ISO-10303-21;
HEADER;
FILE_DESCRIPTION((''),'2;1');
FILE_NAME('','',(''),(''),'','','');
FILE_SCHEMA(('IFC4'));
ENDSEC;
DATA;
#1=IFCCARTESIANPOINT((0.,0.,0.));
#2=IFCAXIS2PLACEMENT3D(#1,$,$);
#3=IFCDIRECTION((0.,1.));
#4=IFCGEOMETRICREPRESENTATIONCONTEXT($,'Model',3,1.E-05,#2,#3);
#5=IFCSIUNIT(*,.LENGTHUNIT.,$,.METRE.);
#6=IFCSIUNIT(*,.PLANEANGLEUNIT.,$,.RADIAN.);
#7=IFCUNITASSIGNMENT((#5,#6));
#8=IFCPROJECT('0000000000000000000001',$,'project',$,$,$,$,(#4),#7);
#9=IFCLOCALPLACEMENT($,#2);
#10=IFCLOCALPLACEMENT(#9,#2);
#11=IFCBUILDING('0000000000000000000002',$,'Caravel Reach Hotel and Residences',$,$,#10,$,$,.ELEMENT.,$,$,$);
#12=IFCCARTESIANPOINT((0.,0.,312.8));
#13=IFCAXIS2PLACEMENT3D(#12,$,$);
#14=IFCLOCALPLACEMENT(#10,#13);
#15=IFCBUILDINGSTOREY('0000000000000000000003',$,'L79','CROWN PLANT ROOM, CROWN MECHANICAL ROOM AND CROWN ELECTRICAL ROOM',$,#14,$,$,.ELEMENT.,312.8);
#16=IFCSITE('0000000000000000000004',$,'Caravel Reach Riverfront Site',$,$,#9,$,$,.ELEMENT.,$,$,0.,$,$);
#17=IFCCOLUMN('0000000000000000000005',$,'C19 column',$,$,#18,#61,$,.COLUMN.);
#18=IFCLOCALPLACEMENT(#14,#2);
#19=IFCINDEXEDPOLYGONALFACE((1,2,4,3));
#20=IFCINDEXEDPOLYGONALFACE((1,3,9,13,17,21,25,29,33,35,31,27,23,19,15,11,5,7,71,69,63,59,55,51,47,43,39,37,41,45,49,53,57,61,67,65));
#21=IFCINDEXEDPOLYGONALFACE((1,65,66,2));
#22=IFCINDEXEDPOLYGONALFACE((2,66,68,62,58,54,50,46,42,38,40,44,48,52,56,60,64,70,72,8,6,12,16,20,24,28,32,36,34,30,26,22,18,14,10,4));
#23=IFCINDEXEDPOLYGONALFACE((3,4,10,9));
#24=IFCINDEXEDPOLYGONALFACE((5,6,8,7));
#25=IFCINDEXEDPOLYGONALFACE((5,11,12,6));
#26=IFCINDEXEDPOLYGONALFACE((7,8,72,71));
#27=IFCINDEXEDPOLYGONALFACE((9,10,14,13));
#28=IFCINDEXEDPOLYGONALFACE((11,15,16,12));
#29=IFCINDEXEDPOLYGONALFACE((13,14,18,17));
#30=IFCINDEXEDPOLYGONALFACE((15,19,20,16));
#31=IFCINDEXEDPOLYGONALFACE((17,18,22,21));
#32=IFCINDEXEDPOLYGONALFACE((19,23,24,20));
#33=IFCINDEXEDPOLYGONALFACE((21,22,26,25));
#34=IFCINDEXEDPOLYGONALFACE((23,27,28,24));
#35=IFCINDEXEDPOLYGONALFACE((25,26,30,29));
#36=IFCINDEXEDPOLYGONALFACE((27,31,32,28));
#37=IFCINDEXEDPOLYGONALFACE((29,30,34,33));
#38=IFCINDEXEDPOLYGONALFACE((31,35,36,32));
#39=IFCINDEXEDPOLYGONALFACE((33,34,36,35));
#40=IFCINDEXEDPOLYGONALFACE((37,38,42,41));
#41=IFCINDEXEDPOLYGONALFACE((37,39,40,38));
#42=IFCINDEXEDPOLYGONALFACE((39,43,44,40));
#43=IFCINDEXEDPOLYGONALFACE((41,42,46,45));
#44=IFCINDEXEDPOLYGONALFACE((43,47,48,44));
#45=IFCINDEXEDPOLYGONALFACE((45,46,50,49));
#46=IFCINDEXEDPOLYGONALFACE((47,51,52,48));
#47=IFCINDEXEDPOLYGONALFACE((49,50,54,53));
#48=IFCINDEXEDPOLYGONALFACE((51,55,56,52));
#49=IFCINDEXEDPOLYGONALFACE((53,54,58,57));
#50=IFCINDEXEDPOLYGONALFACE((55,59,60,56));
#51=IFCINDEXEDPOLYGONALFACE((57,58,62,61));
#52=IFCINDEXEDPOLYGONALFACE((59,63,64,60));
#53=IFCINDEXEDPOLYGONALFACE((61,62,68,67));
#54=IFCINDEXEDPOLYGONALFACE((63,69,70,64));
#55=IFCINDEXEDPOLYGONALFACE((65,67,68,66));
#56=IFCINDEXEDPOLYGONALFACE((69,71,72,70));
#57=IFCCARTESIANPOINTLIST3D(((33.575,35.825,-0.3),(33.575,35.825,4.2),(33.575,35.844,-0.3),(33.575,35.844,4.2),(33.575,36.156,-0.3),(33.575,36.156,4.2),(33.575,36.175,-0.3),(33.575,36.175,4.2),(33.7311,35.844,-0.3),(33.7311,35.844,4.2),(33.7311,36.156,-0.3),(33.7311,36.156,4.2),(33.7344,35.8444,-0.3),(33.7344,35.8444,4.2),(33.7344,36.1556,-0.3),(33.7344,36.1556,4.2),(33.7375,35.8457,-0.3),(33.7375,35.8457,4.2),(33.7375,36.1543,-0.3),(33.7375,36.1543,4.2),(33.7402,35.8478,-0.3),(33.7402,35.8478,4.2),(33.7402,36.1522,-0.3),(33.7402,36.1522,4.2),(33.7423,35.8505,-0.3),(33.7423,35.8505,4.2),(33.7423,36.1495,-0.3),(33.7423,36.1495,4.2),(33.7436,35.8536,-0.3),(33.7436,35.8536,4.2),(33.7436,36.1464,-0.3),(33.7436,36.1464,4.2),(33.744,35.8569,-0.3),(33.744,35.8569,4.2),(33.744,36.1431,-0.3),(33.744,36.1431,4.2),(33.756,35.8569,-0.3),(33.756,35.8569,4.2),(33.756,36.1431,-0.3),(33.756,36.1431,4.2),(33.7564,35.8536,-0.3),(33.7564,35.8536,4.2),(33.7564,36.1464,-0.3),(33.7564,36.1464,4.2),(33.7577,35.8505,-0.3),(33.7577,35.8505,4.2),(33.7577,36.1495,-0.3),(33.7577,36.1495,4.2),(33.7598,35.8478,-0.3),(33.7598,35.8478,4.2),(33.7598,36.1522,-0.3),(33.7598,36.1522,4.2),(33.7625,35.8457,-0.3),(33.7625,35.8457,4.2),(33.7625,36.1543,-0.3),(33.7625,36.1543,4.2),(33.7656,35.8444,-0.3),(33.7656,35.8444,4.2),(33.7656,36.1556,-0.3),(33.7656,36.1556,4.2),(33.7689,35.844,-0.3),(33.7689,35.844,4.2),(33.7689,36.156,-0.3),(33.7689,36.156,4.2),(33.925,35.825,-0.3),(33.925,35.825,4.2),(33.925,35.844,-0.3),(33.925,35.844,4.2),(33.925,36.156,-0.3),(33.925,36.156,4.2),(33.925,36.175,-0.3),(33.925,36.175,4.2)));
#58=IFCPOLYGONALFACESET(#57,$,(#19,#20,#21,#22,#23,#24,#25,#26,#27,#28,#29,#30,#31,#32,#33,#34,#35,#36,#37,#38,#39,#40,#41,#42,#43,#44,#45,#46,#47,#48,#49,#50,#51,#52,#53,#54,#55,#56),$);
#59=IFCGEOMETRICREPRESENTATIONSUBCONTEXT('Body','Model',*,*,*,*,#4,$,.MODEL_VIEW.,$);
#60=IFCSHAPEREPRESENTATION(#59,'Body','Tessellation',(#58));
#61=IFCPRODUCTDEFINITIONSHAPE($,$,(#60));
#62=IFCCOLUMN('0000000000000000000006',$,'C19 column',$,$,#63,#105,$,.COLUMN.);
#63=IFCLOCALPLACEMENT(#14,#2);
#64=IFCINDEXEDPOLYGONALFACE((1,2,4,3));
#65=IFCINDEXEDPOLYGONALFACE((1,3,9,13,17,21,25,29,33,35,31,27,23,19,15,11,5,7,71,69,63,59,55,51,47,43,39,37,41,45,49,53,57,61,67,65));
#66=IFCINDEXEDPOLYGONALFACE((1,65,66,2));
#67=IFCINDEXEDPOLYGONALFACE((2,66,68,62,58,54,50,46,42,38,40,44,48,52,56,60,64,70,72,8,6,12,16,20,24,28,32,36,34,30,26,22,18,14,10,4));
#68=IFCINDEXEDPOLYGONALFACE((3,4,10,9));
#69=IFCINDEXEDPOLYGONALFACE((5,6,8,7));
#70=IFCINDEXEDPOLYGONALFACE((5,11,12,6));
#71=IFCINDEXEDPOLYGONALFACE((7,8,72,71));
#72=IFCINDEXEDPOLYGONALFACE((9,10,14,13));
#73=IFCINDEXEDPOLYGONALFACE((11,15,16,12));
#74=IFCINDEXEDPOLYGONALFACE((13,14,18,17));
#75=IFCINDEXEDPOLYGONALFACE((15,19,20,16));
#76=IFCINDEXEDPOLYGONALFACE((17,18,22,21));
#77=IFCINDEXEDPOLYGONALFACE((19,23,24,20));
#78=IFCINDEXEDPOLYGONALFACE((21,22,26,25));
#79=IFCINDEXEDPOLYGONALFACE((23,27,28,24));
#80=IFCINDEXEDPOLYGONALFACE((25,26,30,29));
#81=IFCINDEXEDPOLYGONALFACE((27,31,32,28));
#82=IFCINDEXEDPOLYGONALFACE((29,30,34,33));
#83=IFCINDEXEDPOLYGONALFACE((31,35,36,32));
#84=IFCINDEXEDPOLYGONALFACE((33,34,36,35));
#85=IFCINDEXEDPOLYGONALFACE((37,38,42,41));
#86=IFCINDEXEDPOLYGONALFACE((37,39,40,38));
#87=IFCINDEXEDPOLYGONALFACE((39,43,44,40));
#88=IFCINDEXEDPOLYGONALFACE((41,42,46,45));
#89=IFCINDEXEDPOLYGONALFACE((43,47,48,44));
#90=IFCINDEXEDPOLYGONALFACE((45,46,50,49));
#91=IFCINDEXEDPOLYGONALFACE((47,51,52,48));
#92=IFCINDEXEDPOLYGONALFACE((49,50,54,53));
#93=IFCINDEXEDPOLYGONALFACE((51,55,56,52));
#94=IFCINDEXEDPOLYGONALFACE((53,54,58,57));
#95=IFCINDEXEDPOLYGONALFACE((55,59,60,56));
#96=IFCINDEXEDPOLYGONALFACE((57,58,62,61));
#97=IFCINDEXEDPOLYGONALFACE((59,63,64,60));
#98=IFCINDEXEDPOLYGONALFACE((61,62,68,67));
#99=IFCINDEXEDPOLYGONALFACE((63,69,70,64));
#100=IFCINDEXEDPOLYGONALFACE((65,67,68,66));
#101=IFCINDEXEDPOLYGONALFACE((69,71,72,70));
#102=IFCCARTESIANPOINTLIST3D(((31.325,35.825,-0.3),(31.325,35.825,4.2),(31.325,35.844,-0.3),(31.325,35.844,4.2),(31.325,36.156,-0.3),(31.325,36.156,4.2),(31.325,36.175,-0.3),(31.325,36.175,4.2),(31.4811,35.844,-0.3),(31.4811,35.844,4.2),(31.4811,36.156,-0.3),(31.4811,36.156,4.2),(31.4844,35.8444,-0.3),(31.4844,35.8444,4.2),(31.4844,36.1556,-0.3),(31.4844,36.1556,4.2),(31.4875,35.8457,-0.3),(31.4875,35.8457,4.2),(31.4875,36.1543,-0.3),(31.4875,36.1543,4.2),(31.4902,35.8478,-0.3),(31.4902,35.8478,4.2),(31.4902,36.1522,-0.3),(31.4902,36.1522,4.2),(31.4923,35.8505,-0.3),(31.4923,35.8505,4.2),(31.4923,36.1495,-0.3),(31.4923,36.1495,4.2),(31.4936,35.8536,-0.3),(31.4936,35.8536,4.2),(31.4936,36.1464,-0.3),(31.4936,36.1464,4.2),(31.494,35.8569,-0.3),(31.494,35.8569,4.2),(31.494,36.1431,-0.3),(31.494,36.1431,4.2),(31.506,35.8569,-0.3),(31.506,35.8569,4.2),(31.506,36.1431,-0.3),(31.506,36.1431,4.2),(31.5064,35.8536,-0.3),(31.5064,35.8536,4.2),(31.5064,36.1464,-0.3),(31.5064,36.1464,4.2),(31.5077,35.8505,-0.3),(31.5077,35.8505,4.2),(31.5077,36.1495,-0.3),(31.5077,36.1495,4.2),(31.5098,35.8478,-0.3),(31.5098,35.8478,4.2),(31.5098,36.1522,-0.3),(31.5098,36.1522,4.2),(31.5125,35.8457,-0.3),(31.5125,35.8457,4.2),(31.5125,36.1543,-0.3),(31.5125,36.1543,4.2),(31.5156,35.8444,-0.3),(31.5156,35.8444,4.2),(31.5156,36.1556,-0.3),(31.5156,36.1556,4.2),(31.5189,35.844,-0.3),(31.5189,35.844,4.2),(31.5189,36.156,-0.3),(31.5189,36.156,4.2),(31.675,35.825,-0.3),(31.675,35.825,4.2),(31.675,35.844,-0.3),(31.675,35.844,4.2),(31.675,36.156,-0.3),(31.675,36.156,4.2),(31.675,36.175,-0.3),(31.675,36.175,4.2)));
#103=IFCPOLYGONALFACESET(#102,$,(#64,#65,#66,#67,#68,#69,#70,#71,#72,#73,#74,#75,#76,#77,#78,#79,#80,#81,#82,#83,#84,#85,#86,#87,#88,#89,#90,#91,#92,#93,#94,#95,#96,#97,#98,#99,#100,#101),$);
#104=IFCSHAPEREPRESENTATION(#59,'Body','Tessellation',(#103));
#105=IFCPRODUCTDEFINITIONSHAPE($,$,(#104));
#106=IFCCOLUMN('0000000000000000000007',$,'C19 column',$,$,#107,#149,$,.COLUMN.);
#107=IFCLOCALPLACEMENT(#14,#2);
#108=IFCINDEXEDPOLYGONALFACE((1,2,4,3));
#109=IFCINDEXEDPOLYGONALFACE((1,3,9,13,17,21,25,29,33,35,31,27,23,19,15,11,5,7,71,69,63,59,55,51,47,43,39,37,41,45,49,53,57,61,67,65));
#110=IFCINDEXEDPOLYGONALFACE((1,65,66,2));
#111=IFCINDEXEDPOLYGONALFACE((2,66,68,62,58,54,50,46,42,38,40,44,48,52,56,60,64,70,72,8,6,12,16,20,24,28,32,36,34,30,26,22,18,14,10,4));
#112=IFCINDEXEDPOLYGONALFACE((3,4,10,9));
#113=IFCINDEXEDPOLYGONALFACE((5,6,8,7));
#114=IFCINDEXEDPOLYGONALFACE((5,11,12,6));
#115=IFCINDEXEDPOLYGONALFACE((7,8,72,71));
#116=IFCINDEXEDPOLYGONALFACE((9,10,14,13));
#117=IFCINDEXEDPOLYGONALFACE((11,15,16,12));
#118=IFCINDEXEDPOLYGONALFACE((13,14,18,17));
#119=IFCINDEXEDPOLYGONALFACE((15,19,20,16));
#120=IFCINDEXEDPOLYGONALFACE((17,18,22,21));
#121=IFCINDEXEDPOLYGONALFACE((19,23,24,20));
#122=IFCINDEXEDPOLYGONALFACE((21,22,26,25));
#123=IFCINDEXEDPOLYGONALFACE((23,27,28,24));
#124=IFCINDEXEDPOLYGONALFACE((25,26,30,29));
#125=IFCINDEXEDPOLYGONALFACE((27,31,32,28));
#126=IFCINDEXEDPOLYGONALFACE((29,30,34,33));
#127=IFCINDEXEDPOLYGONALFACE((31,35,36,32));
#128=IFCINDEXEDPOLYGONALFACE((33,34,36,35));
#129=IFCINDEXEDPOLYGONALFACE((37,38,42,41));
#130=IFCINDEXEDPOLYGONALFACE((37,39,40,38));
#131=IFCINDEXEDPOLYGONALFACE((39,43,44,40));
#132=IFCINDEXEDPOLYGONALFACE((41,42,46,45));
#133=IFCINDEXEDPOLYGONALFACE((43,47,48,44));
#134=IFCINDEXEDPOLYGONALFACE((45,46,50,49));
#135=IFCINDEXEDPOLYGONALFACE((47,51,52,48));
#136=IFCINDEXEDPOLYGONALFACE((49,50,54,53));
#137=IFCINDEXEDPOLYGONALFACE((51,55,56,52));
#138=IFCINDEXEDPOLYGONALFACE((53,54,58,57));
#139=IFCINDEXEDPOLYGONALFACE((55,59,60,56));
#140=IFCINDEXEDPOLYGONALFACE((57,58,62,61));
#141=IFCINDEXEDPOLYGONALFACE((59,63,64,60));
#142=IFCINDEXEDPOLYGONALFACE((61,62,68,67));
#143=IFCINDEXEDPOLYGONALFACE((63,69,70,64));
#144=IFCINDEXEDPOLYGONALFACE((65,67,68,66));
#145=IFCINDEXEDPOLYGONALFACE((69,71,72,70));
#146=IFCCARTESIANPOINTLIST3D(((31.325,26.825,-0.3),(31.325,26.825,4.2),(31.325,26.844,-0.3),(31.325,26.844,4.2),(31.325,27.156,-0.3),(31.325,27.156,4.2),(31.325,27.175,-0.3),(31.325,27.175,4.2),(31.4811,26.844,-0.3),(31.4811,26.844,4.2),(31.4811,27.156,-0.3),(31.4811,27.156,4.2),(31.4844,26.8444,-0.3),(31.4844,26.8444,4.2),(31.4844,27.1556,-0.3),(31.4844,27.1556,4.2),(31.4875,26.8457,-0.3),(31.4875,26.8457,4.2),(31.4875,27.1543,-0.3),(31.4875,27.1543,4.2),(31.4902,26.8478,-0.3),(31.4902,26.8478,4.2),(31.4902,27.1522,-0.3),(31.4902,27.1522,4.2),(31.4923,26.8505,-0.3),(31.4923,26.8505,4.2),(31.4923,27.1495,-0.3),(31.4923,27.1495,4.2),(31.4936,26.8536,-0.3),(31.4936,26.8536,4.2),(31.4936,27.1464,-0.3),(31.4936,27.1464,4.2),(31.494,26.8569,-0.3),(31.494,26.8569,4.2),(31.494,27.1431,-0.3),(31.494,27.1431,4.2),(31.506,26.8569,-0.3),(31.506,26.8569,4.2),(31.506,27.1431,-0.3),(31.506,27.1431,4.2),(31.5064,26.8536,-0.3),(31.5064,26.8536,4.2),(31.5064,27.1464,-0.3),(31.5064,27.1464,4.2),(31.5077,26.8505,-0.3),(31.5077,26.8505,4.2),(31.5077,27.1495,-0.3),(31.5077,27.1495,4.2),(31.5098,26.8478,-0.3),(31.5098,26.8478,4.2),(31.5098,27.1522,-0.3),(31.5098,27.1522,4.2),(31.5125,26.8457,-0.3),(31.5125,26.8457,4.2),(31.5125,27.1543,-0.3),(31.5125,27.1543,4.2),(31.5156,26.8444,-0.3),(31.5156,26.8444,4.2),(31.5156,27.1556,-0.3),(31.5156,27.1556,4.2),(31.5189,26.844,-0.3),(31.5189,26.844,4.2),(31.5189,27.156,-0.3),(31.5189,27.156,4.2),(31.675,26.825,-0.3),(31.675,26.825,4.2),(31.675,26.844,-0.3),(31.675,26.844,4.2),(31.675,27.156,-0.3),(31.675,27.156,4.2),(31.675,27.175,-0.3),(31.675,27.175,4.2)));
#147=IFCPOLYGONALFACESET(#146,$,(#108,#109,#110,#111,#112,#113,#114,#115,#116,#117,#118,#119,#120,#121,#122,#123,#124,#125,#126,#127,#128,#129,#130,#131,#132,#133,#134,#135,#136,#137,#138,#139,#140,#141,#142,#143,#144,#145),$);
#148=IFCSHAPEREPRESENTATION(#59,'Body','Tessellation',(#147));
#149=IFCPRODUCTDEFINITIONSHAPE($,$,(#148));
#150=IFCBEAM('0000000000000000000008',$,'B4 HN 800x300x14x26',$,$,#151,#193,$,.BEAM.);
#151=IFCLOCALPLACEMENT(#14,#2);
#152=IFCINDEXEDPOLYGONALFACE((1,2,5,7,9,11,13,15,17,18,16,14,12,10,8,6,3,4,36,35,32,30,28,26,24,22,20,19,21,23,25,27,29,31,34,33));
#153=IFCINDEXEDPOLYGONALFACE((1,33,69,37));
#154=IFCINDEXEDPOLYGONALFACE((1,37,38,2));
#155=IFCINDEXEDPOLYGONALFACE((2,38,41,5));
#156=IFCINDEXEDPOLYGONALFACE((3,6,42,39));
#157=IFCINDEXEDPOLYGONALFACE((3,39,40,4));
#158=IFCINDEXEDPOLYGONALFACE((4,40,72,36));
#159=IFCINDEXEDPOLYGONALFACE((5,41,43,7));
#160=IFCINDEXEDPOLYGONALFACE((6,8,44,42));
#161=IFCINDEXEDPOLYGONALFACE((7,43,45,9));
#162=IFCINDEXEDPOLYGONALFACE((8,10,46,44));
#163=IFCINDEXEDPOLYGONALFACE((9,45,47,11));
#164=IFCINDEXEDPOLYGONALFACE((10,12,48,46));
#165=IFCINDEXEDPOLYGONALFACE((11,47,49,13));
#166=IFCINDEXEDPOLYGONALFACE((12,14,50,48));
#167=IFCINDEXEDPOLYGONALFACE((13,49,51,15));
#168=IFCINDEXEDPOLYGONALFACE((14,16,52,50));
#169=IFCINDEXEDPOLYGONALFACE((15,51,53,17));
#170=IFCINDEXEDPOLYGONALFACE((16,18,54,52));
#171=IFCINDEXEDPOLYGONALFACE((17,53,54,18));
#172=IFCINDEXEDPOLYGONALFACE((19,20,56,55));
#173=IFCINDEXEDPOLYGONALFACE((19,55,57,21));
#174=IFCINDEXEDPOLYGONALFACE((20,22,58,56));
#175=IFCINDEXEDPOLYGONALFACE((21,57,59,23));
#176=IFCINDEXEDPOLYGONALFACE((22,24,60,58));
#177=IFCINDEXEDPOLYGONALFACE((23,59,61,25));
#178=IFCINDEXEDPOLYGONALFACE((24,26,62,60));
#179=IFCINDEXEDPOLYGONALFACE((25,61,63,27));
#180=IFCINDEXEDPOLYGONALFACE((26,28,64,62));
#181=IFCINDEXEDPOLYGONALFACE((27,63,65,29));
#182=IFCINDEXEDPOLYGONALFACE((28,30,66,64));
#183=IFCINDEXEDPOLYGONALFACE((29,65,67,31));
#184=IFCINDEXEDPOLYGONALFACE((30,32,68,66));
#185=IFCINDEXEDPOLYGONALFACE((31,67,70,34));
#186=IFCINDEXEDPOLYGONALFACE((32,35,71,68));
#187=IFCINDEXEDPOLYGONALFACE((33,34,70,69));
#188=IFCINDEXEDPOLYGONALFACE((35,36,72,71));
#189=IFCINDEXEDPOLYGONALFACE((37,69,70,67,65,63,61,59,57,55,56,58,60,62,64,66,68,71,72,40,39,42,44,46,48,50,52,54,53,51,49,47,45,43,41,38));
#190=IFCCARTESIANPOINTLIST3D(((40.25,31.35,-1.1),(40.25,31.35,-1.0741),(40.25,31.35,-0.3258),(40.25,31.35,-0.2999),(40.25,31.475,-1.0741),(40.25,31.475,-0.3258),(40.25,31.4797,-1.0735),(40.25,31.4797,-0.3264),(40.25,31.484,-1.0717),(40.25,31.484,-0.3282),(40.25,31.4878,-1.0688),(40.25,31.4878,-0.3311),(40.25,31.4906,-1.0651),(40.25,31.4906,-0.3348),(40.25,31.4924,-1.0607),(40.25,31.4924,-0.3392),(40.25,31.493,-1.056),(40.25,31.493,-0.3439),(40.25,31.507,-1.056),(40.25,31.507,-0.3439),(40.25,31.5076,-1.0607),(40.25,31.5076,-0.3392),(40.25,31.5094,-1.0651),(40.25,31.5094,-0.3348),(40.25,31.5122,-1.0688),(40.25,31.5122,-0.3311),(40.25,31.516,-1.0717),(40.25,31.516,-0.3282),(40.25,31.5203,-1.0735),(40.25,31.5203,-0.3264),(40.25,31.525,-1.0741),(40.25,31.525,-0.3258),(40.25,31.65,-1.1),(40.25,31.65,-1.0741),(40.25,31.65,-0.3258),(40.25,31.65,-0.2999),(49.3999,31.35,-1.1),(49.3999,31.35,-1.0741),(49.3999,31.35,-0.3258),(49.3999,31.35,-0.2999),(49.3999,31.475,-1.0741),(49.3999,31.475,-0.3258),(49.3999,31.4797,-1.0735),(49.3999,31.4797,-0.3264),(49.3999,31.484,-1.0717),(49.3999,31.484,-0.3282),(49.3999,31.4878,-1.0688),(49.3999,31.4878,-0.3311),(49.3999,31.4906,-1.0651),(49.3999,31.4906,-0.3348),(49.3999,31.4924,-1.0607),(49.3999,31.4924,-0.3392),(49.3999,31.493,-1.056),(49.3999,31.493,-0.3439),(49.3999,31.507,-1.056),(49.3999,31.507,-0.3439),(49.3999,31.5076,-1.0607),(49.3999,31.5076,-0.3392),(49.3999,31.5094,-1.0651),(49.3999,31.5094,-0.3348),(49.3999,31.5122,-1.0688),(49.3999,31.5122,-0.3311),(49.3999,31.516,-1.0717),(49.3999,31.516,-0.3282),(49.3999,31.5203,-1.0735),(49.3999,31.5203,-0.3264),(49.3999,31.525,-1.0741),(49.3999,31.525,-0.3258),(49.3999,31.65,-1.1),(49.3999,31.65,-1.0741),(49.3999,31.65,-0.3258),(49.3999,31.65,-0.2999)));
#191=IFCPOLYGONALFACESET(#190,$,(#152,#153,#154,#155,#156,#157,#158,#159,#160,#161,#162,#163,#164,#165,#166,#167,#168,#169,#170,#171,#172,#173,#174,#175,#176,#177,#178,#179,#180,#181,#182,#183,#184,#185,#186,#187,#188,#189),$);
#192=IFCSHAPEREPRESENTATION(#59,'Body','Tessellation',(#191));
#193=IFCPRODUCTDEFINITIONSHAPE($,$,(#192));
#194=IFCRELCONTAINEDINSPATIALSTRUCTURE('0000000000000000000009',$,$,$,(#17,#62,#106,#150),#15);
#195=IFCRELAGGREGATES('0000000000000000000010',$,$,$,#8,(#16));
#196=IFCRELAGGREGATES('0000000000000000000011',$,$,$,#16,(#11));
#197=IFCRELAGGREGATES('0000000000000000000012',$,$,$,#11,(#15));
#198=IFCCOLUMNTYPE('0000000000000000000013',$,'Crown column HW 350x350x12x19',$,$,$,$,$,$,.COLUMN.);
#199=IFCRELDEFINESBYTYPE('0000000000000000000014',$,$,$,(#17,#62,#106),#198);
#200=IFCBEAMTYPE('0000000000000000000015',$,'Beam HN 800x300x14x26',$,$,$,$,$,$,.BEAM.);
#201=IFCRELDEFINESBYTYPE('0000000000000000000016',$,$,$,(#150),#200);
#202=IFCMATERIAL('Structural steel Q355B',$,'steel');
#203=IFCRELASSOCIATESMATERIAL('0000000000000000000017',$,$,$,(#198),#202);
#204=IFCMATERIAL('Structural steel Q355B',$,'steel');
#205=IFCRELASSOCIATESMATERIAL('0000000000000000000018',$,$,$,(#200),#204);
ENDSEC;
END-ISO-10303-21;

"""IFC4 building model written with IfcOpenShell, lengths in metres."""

from ifc_helpers import new_model, si_unit, direction, frame, origin, origin_2d, place, context, subcontext, project, spatial, i_section, extrude, material, material_profile, profile_set, type_object, element, save


model = new_model("IFC4")

# Units and contexts
model_context = context("Model", 3, precision=1e-05, world=origin(), true_north=direction((0.0, 1.0)))
body_context = subcontext(model_context, "Body", "Model", "MODEL_VIEW")
ifc_project = project(units=[si_unit("LENGTHUNIT", "METRE"), si_unit("PLANEANGLEUNIT", "RADIAN")], contexts=[model_context])

# Site, building, storey
site_placement = place(None, origin())
site = spatial("IfcSite", under=ifc_project, at=site_placement, Name="Caravel Reach Riverfront Site", CompositionType="ELEMENT", RefElevation=0.0)
building_placement = place(site_placement, origin())
building = spatial("IfcBuilding", under=site, at=building_placement, Name="Caravel Reach Hotel and Residences", CompositionType="ELEMENT")
storey_placement = place(building_placement, frame((0.0, 0.0, 312.8)))
storey = spatial("IfcBuildingStorey", under=building, at=storey_placement, Name="L79", Description="CROWN PLANT ROOM, CROWN MECHANICAL ROOM AND CROWN ELECTRICAL ROOM", CompositionType="ELEMENT", Elevation=312.8)

# Columns
ifc_material_1 = material(Name="Structural steel Q355B", Category="steel")
ifc_material_profile_1 = material_profile(ifc_material_1, i_section(OverallWidth=0.3501, OverallDepth=0.3501, WebThickness=0.012, FlangeThickness=0.019, FilletRadius=0.0129, at=origin_2d()), Name="HW 350x350x12x19")
ifc_profile_set_1 = profile_set([ifc_material_profile_1], Name="Structural steel Q355B")
column_type = type_object("IfcColumnType", Name="Crown column HW 350x350x12x19", PredefinedType="COLUMN", material=ifc_profile_set_1)
for number, where, z_axis, x_axis, name in (
    (1, (33.75, 36.0, -0.3), (0.0, 0.0, 1.0), (1.0, 0.0, 0.0), "C19 column"),
    (2, (31.5, 36.0, -0.3), (0.0, 0.0, 1.0), (1.0, 0.0, 0.0), "C19 column"),
    (3, (31.5, 27.0, -0.3), (0.0, 0.0, 1.0), (1.0, 0.0, 0.0), "C19 column"),
):
    element("IfcColumn", number, at=place(storey_placement, frame(where, z_axis=z_axis, x_axis=x_axis)), inside=storey, type_object=column_type, Name=name, PredefinedType="COLUMN", context=body_context, shape_type="SweptSolid", body=[
        extrude(i_section(OverallWidth=0.3501, OverallDepth=0.3501, WebThickness=0.012, FlangeThickness=0.019, FilletRadius=0.0129, at=origin_2d()), origin(), (0.0, 0.0, 1.0), 4.5),
    ])

# Beam
ifc_material_2 = material(Name="Structural steel Q355B", Category="steel")
ifc_material_profile_2 = material_profile(ifc_material_2, i_section(OverallWidth=0.3, OverallDepth=0.8, WebThickness=0.0139, FlangeThickness=0.0259, FilletRadius=0.0181, at=origin_2d()), Name="HN 800x300x14x26")
ifc_profile_set_2 = profile_set([ifc_material_profile_2], Name="Structural steel Q355B")
beam_type_1 = type_object("IfcBeamType", Name="Beam HN 800x300x14x26", PredefinedType="BEAM", material=ifc_profile_set_2)
beam_1_placement = place(storey_placement, frame((40.25, 31.5, -0.7), z_axis=(1.0, 0.0, 0.0), x_axis=(0.0, 1.0, 0.0)))
element("IfcBeam", 4, at=beam_1_placement, inside=storey, type_object=beam_type_1, Name="B4 HN 800x300x14x26", PredefinedType="BEAM", context=body_context, shape_type="SweptSolid", body=[
    extrude(i_section(OverallWidth=0.3, OverallDepth=0.8, WebThickness=0.0139, FlangeThickness=0.0259, FilletRadius=0.0181, at=origin_2d()), origin(), (0.0, 0.0, 1.0), 9.1499),
])

save(model, "model.ifc")
